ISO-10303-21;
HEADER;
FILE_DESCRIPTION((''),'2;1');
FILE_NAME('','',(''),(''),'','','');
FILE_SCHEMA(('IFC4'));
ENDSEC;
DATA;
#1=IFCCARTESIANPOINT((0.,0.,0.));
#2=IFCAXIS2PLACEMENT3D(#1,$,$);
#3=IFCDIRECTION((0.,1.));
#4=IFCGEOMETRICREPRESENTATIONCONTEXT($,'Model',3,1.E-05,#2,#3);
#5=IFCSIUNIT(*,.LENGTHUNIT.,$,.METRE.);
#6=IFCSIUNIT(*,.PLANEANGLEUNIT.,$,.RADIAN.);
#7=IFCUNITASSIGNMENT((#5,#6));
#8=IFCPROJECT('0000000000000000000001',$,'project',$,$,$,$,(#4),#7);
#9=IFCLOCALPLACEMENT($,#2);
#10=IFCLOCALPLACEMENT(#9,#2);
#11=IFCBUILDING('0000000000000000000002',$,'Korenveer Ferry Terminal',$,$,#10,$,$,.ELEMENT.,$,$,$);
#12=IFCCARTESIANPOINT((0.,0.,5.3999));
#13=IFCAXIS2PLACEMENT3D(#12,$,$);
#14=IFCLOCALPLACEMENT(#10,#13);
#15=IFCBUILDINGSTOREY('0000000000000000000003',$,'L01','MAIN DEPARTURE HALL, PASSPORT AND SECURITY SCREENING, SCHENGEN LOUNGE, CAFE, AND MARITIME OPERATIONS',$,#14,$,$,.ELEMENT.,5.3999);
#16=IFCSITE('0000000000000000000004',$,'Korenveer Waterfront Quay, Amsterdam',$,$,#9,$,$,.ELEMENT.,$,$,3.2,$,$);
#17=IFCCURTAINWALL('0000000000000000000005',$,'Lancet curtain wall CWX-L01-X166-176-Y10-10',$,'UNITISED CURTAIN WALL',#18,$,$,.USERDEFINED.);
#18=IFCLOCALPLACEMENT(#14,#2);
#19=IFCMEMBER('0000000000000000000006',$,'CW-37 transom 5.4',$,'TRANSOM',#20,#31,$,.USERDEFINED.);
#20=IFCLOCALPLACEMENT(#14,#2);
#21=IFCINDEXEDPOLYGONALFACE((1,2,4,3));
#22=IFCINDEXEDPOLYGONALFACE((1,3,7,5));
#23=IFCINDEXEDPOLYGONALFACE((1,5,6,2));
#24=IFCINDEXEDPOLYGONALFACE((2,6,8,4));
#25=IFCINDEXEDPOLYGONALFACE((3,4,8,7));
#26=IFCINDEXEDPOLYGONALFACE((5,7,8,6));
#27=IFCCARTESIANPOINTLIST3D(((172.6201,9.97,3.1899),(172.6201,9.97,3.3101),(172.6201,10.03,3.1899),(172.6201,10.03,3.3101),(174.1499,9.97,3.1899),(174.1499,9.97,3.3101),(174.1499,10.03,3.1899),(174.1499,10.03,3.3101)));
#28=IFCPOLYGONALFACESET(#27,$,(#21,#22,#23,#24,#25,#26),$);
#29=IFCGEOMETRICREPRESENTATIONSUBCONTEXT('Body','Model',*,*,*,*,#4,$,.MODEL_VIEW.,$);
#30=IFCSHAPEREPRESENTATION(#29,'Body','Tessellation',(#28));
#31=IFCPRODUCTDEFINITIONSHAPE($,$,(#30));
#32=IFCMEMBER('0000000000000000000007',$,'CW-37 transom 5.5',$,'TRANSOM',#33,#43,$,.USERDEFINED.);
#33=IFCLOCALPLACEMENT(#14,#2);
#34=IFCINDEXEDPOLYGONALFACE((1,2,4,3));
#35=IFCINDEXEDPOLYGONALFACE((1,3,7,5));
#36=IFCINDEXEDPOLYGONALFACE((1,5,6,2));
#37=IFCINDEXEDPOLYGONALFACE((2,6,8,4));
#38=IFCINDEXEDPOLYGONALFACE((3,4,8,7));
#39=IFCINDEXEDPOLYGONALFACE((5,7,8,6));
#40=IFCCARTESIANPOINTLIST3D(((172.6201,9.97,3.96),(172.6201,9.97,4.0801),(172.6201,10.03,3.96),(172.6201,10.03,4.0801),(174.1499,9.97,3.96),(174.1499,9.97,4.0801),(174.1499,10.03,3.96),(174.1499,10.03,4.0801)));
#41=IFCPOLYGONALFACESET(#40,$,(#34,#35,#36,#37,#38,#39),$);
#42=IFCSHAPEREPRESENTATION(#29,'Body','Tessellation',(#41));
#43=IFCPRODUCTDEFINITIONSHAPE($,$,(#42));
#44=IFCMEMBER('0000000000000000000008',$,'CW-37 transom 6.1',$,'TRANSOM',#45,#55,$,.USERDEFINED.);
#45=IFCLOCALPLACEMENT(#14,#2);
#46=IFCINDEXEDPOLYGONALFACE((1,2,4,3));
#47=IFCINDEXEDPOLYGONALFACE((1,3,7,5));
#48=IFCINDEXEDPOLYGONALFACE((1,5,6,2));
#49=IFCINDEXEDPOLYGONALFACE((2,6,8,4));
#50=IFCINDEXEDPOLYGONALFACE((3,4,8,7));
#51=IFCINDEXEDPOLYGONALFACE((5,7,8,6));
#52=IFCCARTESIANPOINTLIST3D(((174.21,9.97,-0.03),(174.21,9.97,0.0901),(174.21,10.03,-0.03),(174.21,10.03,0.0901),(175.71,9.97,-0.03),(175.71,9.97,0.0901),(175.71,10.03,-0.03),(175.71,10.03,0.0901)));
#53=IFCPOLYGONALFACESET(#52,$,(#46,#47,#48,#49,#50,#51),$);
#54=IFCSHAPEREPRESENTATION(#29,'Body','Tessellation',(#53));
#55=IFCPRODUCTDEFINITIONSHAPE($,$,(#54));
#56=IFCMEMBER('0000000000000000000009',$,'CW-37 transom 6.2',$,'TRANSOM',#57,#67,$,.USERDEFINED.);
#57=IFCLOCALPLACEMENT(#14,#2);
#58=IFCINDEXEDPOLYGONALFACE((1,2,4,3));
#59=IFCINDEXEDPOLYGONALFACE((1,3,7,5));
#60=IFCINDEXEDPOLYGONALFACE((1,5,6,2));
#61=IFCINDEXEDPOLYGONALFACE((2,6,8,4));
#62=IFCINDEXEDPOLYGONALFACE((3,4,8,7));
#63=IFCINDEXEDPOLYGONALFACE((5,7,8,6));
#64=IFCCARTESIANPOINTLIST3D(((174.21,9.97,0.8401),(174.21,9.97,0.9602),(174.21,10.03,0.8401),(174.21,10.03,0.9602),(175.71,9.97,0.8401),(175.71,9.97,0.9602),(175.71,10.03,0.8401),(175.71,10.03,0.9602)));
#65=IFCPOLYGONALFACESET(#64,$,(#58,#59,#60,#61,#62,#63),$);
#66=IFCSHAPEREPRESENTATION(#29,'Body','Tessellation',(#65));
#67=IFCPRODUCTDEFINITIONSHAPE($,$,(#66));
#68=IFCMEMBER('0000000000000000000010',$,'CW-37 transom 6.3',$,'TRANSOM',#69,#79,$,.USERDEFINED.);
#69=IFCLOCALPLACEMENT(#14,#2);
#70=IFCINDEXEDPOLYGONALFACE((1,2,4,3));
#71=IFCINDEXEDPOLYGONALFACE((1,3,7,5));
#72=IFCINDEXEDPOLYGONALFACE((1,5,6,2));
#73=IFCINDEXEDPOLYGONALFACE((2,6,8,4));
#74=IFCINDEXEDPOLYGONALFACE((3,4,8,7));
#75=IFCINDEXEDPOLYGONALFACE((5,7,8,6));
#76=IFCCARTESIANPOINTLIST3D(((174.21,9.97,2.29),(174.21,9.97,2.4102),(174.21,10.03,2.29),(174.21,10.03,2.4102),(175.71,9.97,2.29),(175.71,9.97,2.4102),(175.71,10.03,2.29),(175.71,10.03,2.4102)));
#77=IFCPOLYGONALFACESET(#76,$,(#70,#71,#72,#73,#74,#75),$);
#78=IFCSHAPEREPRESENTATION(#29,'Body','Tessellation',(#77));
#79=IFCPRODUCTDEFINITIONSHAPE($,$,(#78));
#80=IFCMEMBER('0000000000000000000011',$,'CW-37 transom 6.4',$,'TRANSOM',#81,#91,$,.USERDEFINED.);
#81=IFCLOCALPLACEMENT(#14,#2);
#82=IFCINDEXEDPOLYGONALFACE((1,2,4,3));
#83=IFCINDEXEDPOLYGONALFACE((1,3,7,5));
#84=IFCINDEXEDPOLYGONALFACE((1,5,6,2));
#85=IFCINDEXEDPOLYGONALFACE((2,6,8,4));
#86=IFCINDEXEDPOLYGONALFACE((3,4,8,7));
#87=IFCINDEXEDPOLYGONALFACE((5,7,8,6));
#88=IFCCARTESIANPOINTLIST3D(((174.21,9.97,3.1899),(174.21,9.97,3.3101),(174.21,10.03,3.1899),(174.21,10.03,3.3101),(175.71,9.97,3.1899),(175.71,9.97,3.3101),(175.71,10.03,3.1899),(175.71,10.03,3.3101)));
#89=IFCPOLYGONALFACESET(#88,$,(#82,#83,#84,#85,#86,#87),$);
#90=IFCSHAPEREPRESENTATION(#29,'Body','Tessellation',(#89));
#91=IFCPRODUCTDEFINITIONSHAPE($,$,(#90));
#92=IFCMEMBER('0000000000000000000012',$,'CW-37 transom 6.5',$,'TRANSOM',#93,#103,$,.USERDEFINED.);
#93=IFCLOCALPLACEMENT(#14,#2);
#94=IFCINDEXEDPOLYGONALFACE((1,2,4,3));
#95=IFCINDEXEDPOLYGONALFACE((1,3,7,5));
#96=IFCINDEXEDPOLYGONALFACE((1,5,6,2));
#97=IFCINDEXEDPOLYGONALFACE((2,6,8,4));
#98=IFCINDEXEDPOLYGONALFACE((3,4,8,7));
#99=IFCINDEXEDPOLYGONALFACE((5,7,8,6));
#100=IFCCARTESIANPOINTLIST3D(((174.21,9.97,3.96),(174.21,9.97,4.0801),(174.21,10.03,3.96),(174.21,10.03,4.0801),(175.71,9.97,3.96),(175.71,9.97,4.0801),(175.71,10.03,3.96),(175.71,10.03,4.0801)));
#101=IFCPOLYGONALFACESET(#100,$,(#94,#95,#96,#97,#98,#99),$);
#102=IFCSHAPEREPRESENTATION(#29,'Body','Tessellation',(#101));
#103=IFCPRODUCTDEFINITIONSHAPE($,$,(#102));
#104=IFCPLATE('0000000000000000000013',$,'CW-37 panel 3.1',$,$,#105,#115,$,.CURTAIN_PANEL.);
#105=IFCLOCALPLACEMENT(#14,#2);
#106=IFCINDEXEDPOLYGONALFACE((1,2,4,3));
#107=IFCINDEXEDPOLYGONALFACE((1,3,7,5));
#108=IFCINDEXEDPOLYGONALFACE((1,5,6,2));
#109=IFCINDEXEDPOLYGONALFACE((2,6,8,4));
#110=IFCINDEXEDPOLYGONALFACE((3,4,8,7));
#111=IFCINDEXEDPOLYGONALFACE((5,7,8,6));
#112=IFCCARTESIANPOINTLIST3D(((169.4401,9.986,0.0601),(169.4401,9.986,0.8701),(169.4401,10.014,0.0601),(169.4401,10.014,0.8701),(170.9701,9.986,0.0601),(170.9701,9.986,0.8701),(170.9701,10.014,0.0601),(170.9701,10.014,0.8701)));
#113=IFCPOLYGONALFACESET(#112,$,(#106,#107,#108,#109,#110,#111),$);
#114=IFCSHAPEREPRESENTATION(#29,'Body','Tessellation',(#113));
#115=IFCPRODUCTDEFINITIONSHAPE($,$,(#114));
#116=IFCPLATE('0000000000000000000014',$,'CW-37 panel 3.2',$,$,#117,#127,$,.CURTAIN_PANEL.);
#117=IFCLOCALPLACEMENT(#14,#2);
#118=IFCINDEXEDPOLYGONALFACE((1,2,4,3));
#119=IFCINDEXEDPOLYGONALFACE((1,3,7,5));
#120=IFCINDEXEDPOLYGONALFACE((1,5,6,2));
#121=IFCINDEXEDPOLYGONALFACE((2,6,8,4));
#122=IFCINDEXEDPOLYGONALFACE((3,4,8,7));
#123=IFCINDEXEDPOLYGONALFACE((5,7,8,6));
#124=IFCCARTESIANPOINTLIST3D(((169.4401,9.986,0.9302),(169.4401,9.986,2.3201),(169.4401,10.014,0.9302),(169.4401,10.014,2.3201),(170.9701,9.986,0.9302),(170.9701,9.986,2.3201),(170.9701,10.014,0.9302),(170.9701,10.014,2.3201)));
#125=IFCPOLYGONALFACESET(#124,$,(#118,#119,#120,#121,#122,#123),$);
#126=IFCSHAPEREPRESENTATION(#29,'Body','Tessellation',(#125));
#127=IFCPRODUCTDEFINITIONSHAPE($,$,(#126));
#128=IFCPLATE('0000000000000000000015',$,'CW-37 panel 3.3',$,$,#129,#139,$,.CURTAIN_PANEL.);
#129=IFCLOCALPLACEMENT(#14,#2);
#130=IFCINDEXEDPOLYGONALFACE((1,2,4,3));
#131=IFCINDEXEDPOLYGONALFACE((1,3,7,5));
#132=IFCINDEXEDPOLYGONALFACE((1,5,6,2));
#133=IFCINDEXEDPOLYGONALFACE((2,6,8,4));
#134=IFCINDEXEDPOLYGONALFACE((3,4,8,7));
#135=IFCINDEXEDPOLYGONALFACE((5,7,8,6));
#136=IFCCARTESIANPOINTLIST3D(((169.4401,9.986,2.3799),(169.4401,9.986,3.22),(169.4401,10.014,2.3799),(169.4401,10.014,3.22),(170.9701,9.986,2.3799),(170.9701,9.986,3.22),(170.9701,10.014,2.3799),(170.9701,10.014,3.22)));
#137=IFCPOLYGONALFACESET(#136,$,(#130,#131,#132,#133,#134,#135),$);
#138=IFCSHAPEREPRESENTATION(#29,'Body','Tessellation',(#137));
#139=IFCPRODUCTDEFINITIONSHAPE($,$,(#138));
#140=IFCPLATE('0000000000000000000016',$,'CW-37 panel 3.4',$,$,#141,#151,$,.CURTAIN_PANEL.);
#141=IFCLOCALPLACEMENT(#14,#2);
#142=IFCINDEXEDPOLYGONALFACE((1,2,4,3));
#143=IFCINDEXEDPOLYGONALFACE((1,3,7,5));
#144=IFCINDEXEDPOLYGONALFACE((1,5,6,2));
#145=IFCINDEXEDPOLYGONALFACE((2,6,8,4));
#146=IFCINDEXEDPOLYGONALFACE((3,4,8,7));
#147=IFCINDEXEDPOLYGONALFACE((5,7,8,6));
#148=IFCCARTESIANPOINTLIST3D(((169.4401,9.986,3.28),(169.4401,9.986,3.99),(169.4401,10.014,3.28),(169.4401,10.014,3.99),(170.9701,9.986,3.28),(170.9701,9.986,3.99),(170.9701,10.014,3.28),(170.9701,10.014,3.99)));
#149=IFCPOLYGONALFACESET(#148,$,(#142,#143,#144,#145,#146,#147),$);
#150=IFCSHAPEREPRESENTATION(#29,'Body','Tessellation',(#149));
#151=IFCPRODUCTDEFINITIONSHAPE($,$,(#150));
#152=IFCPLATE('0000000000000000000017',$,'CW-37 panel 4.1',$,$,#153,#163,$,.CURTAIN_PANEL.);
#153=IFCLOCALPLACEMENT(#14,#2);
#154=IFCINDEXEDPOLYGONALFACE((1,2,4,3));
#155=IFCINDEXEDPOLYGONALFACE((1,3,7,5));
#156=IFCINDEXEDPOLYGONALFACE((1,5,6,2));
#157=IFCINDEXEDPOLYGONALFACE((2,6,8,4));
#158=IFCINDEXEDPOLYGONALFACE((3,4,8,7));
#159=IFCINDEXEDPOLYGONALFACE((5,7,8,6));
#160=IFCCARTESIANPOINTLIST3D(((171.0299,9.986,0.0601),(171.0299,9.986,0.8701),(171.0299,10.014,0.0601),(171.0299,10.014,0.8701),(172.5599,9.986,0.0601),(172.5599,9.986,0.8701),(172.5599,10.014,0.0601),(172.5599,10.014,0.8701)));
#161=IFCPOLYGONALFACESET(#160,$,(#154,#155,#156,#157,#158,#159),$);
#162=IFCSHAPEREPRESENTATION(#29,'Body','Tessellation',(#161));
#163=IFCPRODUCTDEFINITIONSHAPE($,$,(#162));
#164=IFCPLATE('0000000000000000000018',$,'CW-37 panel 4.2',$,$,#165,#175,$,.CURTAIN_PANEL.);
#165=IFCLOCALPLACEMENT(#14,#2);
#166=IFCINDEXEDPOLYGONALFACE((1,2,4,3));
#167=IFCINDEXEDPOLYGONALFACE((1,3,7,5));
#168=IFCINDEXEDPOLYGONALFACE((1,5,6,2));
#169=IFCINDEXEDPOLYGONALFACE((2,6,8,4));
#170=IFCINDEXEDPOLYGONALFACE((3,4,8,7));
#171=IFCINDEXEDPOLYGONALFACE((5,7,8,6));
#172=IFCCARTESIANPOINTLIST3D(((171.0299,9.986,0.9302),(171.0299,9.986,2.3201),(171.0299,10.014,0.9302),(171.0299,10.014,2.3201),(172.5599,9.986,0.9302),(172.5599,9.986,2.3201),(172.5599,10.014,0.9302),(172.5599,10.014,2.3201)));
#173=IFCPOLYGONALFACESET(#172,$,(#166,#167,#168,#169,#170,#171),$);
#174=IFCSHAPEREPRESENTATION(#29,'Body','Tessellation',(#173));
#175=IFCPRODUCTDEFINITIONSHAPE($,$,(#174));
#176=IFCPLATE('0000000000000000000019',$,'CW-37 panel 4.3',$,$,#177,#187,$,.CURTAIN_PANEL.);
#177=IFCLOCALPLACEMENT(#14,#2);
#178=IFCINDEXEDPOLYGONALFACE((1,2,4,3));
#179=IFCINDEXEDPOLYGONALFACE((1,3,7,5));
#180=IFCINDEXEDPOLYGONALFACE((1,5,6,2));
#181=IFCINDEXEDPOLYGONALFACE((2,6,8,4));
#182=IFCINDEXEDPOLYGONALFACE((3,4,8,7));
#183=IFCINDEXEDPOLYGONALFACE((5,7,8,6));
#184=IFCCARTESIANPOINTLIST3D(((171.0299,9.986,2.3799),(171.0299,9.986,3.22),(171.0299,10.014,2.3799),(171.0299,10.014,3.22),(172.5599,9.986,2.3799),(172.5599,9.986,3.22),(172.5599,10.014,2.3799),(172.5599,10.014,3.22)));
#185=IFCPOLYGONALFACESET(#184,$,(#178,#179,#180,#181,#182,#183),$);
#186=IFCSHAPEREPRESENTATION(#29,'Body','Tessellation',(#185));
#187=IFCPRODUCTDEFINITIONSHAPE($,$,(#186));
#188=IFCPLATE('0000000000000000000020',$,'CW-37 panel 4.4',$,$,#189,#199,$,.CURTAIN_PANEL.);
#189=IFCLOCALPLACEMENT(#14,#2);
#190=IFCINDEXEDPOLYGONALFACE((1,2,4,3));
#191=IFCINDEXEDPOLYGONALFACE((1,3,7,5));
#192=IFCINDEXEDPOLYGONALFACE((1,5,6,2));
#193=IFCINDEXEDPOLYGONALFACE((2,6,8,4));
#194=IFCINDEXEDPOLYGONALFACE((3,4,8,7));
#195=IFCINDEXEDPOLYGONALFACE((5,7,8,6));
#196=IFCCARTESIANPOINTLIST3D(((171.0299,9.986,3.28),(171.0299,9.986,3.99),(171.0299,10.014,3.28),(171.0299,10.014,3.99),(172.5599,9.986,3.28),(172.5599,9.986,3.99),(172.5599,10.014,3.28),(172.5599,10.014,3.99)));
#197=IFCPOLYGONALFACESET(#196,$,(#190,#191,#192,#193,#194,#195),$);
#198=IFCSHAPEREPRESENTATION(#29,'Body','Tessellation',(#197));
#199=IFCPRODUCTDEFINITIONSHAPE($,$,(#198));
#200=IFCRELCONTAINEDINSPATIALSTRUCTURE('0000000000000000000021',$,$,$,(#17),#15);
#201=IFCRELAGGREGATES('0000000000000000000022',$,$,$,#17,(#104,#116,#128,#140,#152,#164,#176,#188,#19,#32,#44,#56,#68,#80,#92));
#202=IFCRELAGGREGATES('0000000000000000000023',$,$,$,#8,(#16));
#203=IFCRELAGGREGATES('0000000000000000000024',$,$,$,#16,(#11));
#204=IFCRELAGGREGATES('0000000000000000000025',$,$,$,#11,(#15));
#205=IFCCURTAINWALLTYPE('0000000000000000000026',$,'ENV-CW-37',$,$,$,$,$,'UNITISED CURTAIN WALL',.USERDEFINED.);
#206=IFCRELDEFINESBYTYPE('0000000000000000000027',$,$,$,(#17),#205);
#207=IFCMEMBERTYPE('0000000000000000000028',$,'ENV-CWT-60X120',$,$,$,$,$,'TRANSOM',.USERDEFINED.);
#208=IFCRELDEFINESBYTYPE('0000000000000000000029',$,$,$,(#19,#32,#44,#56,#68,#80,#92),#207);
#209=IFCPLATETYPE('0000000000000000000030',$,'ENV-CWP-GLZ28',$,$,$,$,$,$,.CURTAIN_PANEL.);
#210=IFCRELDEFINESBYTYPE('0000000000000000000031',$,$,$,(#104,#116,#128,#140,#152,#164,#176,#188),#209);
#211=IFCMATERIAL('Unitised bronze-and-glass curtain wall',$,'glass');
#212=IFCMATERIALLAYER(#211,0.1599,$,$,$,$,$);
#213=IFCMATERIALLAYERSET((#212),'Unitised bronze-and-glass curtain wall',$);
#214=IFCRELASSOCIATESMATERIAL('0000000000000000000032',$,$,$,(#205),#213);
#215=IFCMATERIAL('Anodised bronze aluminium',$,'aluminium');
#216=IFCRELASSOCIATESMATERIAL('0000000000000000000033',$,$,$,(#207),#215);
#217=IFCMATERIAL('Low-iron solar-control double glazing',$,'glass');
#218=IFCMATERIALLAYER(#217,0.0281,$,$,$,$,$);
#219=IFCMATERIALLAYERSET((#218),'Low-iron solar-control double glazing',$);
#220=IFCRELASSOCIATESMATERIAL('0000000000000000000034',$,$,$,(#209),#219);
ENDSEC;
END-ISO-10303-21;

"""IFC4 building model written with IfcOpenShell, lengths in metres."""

from ifc_helpers import new_model, si_unit, direction, frame, origin, origin_2d, place, context, subcontext, project, spatial, rectangle, extrude, material, layer, layer_set, material_profile, profile_set, type_object, element, aggregate, save


model = new_model("IFC4")

# Units and contexts
model_context = context("Model", 3, precision=1e-05, world=origin(), true_north=direction((0.0, 1.0)))
body_context = subcontext(model_context, "Body", "Model", "MODEL_VIEW")
ifc_project = project(units=[si_unit("LENGTHUNIT", "METRE"), si_unit("PLANEANGLEUNIT", "RADIAN")], contexts=[model_context])

# Site, building, storey
site_placement = place(None, origin())
site = spatial("IfcSite", under=ifc_project, at=site_placement, Name="Korenveer Waterfront Quay, Amsterdam", CompositionType="ELEMENT", RefElevation=3.2)
building_placement = place(site_placement, origin())
building = spatial("IfcBuilding", under=site, at=building_placement, Name="Korenveer Ferry Terminal", CompositionType="ELEMENT")
storey_placement = place(building_placement, frame((0.0, 0.0, 5.3999)))
storey = spatial("IfcBuildingStorey", under=building, at=storey_placement, Name="L01", Description="MAIN DEPARTURE HALL, PASSPORT AND SECURITY SCREENING, SCHENGEN LOUNGE, CAFE, AND MARITIME OPERATIONS", CompositionType="ELEMENT", Elevation=5.3999)

# Curtain wall, members, plates
ifc_material_1 = material(Name="Unitised bronze-and-glass curtain wall", Category="glass")
ifc_layer_1 = layer(ifc_material_1, 0.1599)
ifc_layer_set_1 = layer_set([ifc_layer_1], Name="Unitised bronze-and-glass curtain wall")
curtain_wall_type = type_object("IfcCurtainWallType", Name="ENV-CW-37", ElementType="UNITISED CURTAIN WALL", PredefinedType="USERDEFINED", material=ifc_layer_set_1)
curtain_wall_placement = place(storey_placement, frame((166.23, 10.0, 0.0)))
curtain_wall = element("IfcCurtainWall", 1, at=curtain_wall_placement, inside=storey, type_object=curtain_wall_type, Name="Lancet curtain wall CWX-L01-X166-176-Y10-10", ObjectType="UNITISED CURTAIN WALL", PredefinedType="USERDEFINED")
ifc_material_2 = material(Name="Anodised bronze aluminium", Category="aluminium")
ifc_material_profile_1 = material_profile(ifc_material_2, rectangle(XDim=0.0601, YDim=0.1201, at=origin_2d()), Name="ALU 60x120")
ifc_profile_set_1 = profile_set([ifc_material_profile_1], Name="Anodised bronze aluminium")
member_type_1 = type_object("IfcMemberType", Name="ENV-CWT-60X120", ElementType="TRANSOM", PredefinedType="USERDEFINED", material=ifc_profile_set_1)
member_1_placement = place(storey_placement, frame((172.6201, 10.0, 3.25), z_axis=(1.0, 0.0, 0.0), x_axis=(0.0, 1.0, 0.0)))
member_1 = element("IfcMember", 2, at=member_1_placement, type_object=member_type_1, Name="CW-37 transom 5.4", ObjectType="TRANSOM", PredefinedType="USERDEFINED", context=body_context, shape_type="SweptSolid", body=[
    extrude(rectangle(XDim=0.0601, YDim=0.1201, at=origin_2d()), origin(), (0.0, 0.0, 1.0), 1.5298),
])
member_2_placement = place(storey_placement, frame((172.6201, 10.0, 4.02), z_axis=(1.0, 0.0, 0.0), x_axis=(0.0, 1.0, 0.0)))
member_2 = element("IfcMember", 3, at=member_2_placement, type_object=member_type_1, Name="CW-37 transom 5.5", ObjectType="TRANSOM", PredefinedType="USERDEFINED", context=body_context, shape_type="SweptSolid", body=[
    extrude(rectangle(XDim=0.0601, YDim=0.1201, at=origin_2d()), origin(), (0.0, 0.0, 1.0), 1.5298),
])
member_3_placement = place(storey_placement, frame((174.21, 10.0, 0.03), z_axis=(1.0, 0.0, 0.0), x_axis=(0.0, 1.0, 0.0)))
member_3 = element("IfcMember", 4, at=member_3_placement, type_object=member_type_1, Name="CW-37 transom 6.1", ObjectType="TRANSOM", PredefinedType="USERDEFINED", context=body_context, shape_type="SweptSolid", body=[
    extrude(rectangle(XDim=0.0601, YDim=0.1201, at=origin_2d()), origin(), (0.0, 0.0, 1.0), 1.5),
])
member_4_placement = place(storey_placement, frame((174.21, 10.0, 0.9001), z_axis=(1.0, 0.0, 0.0), x_axis=(0.0, 1.0, 0.0)))
member_4 = element("IfcMember", 5, at=member_4_placement, type_object=member_type_1, Name="CW-37 transom 6.2", ObjectType="TRANSOM", PredefinedType="USERDEFINED", context=body_context, shape_type="SweptSolid", body=[
    extrude(rectangle(XDim=0.0601, YDim=0.1201, at=origin_2d()), origin(), (0.0, 0.0, 1.0), 1.5),
])
member_5_placement = place(storey_placement, frame((174.21, 10.0, 2.3501), z_axis=(1.0, 0.0, 0.0), x_axis=(0.0, 1.0, 0.0)))
member_5 = element("IfcMember", 6, at=member_5_placement, type_object=member_type_1, Name="CW-37 transom 6.3", ObjectType="TRANSOM", PredefinedType="USERDEFINED", context=body_context, shape_type="SweptSolid", body=[
    extrude(rectangle(XDim=0.0601, YDim=0.1201, at=origin_2d()), origin(), (0.0, 0.0, 1.0), 1.5),
])
member_6_placement = place(storey_placement, frame((174.21, 10.0, 3.25), z_axis=(1.0, 0.0, 0.0), x_axis=(0.0, 1.0, 0.0)))
member_6 = element("IfcMember", 7, at=member_6_placement, type_object=member_type_1, Name="CW-37 transom 6.4", ObjectType="TRANSOM", PredefinedType="USERDEFINED", context=body_context, shape_type="SweptSolid", body=[
    extrude(rectangle(XDim=0.0601, YDim=0.1201, at=origin_2d()), origin(), (0.0, 0.0, 1.0), 1.5),
])
member_7_placement = place(storey_placement, frame((174.21, 10.0, 4.02), z_axis=(1.0, 0.0, 0.0), x_axis=(0.0, 1.0, 0.0)))
member_7 = element("IfcMember", 8, at=member_7_placement, type_object=member_type_1, Name="CW-37 transom 6.5", ObjectType="TRANSOM", PredefinedType="USERDEFINED", context=body_context, shape_type="SweptSolid", body=[
    extrude(rectangle(XDim=0.0601, YDim=0.1201, at=origin_2d()), origin(), (0.0, 0.0, 1.0), 1.5),
])
ifc_material_3 = material(Name="Low-iron solar-control double glazing", Category="glass")
ifc_layer_2 = layer(ifc_material_3, 0.0281)
ifc_layer_set_2 = layer_set([ifc_layer_2], Name="Low-iron solar-control double glazing")
plate_type = type_object("IfcPlateType", Name="ENV-CWP-GLZ28", PredefinedType="CURTAIN_PANEL", material=ifc_layer_set_2)
plate_1_placement = place(storey_placement, frame((170.2051, 10.0, 0.0601), z_axis=(0.0, 0.0, 1.0), x_axis=(1.0, 0.0, 0.0)))
plate_1 = element("IfcPlate", 9, at=plate_1_placement, type_object=plate_type, Name="CW-37 panel 3.1", PredefinedType="CURTAIN_PANEL", context=body_context, shape_type="SweptSolid", body=[
    extrude(rectangle(XDim=1.53, YDim=0.0281, at=origin_2d()), origin(), (0.0, 0.0, 1.0), 0.8101),
])
plate_2_placement = place(storey_placement, frame((170.2051, 10.0, 0.9302), z_axis=(0.0, 0.0, 1.0), x_axis=(1.0, 0.0, 0.0)))
plate_2 = element("IfcPlate", 10, at=plate_2_placement, type_object=plate_type, Name="CW-37 panel 3.2", PredefinedType="CURTAIN_PANEL", context=body_context, shape_type="SweptSolid", body=[
    extrude(rectangle(XDim=1.53, YDim=0.0281, at=origin_2d()), origin(), (0.0, 0.0, 1.0), 1.3899),
])
plate_3_placement = place(storey_placement, frame((170.2051, 10.0, 2.3799), z_axis=(0.0, 0.0, 1.0), x_axis=(1.0, 0.0, 0.0)))
plate_3 = element("IfcPlate", 11, at=plate_3_placement, type_object=plate_type, Name="CW-37 panel 3.3", PredefinedType="CURTAIN_PANEL", context=body_context, shape_type="SweptSolid", body=[
    extrude(rectangle(XDim=1.53, YDim=0.0281, at=origin_2d()), origin(), (0.0, 0.0, 1.0), 0.8401),
])
plate_4_placement = place(storey_placement, frame((170.2051, 10.0, 3.28), z_axis=(0.0, 0.0, 1.0), x_axis=(1.0, 0.0, 0.0)))
plate_4 = element("IfcPlate", 12, at=plate_4_placement, type_object=plate_type, Name="CW-37 panel 3.4", PredefinedType="CURTAIN_PANEL", context=body_context, shape_type="SweptSolid", body=[
    extrude(rectangle(XDim=1.53, YDim=0.0281, at=origin_2d()), origin(), (0.0, 0.0, 1.0), 0.71),
])
plate_5_placement = place(storey_placement, frame((171.7949, 10.0, 0.0601), z_axis=(0.0, 0.0, 1.0), x_axis=(1.0, 0.0, 0.0)))
plate_5 = element("IfcPlate", 13, at=plate_5_placement, type_object=plate_type, Name="CW-37 panel 4.1", PredefinedType="CURTAIN_PANEL", context=body_context, shape_type="SweptSolid", body=[
    extrude(rectangle(XDim=1.53, YDim=0.0281, at=origin_2d()), origin(), (0.0, 0.0, 1.0), 0.8101),
])
plate_6_placement = place(storey_placement, frame((171.7949, 10.0, 0.9302), z_axis=(0.0, 0.0, 1.0), x_axis=(1.0, 0.0, 0.0)))
plate_6 = element("IfcPlate", 14, at=plate_6_placement, type_object=plate_type, Name="CW-37 panel 4.2", PredefinedType="CURTAIN_PANEL", context=body_context, shape_type="SweptSolid", body=[
    extrude(rectangle(XDim=1.53, YDim=0.0281, at=origin_2d()), origin(), (0.0, 0.0, 1.0), 1.3899),
])
plate_7_placement = place(storey_placement, frame((171.7949, 10.0, 2.3799), z_axis=(0.0, 0.0, 1.0), x_axis=(1.0, 0.0, 0.0)))
plate_7 = element("IfcPlate", 15, at=plate_7_placement, type_object=plate_type, Name="CW-37 panel 4.3", PredefinedType="CURTAIN_PANEL", context=body_context, shape_type="SweptSolid", body=[
    extrude(rectangle(XDim=1.53, YDim=0.0281, at=origin_2d()), origin(), (0.0, 0.0, 1.0), 0.8401),
])
plate_8_placement = place(storey_placement, frame((171.7949, 10.0, 3.28), z_axis=(0.0, 0.0, 1.0), x_axis=(1.0, 0.0, 0.0)))
plate_8 = element("IfcPlate", 16, at=plate_8_placement, type_object=plate_type, Name="CW-37 panel 4.4", PredefinedType="CURTAIN_PANEL", context=body_context, shape_type="SweptSolid", body=[
    extrude(rectangle(XDim=1.53, YDim=0.0281, at=origin_2d()), origin(), (0.0, 0.0, 1.0), 0.71),
])
aggregate(curtain_wall, [plate_1, plate_2, plate_3, plate_4, plate_5, plate_6, plate_7, plate_8, member_1, member_2, member_3, member_4, member_5, member_6, member_7])

save(model, "model.ifc")
